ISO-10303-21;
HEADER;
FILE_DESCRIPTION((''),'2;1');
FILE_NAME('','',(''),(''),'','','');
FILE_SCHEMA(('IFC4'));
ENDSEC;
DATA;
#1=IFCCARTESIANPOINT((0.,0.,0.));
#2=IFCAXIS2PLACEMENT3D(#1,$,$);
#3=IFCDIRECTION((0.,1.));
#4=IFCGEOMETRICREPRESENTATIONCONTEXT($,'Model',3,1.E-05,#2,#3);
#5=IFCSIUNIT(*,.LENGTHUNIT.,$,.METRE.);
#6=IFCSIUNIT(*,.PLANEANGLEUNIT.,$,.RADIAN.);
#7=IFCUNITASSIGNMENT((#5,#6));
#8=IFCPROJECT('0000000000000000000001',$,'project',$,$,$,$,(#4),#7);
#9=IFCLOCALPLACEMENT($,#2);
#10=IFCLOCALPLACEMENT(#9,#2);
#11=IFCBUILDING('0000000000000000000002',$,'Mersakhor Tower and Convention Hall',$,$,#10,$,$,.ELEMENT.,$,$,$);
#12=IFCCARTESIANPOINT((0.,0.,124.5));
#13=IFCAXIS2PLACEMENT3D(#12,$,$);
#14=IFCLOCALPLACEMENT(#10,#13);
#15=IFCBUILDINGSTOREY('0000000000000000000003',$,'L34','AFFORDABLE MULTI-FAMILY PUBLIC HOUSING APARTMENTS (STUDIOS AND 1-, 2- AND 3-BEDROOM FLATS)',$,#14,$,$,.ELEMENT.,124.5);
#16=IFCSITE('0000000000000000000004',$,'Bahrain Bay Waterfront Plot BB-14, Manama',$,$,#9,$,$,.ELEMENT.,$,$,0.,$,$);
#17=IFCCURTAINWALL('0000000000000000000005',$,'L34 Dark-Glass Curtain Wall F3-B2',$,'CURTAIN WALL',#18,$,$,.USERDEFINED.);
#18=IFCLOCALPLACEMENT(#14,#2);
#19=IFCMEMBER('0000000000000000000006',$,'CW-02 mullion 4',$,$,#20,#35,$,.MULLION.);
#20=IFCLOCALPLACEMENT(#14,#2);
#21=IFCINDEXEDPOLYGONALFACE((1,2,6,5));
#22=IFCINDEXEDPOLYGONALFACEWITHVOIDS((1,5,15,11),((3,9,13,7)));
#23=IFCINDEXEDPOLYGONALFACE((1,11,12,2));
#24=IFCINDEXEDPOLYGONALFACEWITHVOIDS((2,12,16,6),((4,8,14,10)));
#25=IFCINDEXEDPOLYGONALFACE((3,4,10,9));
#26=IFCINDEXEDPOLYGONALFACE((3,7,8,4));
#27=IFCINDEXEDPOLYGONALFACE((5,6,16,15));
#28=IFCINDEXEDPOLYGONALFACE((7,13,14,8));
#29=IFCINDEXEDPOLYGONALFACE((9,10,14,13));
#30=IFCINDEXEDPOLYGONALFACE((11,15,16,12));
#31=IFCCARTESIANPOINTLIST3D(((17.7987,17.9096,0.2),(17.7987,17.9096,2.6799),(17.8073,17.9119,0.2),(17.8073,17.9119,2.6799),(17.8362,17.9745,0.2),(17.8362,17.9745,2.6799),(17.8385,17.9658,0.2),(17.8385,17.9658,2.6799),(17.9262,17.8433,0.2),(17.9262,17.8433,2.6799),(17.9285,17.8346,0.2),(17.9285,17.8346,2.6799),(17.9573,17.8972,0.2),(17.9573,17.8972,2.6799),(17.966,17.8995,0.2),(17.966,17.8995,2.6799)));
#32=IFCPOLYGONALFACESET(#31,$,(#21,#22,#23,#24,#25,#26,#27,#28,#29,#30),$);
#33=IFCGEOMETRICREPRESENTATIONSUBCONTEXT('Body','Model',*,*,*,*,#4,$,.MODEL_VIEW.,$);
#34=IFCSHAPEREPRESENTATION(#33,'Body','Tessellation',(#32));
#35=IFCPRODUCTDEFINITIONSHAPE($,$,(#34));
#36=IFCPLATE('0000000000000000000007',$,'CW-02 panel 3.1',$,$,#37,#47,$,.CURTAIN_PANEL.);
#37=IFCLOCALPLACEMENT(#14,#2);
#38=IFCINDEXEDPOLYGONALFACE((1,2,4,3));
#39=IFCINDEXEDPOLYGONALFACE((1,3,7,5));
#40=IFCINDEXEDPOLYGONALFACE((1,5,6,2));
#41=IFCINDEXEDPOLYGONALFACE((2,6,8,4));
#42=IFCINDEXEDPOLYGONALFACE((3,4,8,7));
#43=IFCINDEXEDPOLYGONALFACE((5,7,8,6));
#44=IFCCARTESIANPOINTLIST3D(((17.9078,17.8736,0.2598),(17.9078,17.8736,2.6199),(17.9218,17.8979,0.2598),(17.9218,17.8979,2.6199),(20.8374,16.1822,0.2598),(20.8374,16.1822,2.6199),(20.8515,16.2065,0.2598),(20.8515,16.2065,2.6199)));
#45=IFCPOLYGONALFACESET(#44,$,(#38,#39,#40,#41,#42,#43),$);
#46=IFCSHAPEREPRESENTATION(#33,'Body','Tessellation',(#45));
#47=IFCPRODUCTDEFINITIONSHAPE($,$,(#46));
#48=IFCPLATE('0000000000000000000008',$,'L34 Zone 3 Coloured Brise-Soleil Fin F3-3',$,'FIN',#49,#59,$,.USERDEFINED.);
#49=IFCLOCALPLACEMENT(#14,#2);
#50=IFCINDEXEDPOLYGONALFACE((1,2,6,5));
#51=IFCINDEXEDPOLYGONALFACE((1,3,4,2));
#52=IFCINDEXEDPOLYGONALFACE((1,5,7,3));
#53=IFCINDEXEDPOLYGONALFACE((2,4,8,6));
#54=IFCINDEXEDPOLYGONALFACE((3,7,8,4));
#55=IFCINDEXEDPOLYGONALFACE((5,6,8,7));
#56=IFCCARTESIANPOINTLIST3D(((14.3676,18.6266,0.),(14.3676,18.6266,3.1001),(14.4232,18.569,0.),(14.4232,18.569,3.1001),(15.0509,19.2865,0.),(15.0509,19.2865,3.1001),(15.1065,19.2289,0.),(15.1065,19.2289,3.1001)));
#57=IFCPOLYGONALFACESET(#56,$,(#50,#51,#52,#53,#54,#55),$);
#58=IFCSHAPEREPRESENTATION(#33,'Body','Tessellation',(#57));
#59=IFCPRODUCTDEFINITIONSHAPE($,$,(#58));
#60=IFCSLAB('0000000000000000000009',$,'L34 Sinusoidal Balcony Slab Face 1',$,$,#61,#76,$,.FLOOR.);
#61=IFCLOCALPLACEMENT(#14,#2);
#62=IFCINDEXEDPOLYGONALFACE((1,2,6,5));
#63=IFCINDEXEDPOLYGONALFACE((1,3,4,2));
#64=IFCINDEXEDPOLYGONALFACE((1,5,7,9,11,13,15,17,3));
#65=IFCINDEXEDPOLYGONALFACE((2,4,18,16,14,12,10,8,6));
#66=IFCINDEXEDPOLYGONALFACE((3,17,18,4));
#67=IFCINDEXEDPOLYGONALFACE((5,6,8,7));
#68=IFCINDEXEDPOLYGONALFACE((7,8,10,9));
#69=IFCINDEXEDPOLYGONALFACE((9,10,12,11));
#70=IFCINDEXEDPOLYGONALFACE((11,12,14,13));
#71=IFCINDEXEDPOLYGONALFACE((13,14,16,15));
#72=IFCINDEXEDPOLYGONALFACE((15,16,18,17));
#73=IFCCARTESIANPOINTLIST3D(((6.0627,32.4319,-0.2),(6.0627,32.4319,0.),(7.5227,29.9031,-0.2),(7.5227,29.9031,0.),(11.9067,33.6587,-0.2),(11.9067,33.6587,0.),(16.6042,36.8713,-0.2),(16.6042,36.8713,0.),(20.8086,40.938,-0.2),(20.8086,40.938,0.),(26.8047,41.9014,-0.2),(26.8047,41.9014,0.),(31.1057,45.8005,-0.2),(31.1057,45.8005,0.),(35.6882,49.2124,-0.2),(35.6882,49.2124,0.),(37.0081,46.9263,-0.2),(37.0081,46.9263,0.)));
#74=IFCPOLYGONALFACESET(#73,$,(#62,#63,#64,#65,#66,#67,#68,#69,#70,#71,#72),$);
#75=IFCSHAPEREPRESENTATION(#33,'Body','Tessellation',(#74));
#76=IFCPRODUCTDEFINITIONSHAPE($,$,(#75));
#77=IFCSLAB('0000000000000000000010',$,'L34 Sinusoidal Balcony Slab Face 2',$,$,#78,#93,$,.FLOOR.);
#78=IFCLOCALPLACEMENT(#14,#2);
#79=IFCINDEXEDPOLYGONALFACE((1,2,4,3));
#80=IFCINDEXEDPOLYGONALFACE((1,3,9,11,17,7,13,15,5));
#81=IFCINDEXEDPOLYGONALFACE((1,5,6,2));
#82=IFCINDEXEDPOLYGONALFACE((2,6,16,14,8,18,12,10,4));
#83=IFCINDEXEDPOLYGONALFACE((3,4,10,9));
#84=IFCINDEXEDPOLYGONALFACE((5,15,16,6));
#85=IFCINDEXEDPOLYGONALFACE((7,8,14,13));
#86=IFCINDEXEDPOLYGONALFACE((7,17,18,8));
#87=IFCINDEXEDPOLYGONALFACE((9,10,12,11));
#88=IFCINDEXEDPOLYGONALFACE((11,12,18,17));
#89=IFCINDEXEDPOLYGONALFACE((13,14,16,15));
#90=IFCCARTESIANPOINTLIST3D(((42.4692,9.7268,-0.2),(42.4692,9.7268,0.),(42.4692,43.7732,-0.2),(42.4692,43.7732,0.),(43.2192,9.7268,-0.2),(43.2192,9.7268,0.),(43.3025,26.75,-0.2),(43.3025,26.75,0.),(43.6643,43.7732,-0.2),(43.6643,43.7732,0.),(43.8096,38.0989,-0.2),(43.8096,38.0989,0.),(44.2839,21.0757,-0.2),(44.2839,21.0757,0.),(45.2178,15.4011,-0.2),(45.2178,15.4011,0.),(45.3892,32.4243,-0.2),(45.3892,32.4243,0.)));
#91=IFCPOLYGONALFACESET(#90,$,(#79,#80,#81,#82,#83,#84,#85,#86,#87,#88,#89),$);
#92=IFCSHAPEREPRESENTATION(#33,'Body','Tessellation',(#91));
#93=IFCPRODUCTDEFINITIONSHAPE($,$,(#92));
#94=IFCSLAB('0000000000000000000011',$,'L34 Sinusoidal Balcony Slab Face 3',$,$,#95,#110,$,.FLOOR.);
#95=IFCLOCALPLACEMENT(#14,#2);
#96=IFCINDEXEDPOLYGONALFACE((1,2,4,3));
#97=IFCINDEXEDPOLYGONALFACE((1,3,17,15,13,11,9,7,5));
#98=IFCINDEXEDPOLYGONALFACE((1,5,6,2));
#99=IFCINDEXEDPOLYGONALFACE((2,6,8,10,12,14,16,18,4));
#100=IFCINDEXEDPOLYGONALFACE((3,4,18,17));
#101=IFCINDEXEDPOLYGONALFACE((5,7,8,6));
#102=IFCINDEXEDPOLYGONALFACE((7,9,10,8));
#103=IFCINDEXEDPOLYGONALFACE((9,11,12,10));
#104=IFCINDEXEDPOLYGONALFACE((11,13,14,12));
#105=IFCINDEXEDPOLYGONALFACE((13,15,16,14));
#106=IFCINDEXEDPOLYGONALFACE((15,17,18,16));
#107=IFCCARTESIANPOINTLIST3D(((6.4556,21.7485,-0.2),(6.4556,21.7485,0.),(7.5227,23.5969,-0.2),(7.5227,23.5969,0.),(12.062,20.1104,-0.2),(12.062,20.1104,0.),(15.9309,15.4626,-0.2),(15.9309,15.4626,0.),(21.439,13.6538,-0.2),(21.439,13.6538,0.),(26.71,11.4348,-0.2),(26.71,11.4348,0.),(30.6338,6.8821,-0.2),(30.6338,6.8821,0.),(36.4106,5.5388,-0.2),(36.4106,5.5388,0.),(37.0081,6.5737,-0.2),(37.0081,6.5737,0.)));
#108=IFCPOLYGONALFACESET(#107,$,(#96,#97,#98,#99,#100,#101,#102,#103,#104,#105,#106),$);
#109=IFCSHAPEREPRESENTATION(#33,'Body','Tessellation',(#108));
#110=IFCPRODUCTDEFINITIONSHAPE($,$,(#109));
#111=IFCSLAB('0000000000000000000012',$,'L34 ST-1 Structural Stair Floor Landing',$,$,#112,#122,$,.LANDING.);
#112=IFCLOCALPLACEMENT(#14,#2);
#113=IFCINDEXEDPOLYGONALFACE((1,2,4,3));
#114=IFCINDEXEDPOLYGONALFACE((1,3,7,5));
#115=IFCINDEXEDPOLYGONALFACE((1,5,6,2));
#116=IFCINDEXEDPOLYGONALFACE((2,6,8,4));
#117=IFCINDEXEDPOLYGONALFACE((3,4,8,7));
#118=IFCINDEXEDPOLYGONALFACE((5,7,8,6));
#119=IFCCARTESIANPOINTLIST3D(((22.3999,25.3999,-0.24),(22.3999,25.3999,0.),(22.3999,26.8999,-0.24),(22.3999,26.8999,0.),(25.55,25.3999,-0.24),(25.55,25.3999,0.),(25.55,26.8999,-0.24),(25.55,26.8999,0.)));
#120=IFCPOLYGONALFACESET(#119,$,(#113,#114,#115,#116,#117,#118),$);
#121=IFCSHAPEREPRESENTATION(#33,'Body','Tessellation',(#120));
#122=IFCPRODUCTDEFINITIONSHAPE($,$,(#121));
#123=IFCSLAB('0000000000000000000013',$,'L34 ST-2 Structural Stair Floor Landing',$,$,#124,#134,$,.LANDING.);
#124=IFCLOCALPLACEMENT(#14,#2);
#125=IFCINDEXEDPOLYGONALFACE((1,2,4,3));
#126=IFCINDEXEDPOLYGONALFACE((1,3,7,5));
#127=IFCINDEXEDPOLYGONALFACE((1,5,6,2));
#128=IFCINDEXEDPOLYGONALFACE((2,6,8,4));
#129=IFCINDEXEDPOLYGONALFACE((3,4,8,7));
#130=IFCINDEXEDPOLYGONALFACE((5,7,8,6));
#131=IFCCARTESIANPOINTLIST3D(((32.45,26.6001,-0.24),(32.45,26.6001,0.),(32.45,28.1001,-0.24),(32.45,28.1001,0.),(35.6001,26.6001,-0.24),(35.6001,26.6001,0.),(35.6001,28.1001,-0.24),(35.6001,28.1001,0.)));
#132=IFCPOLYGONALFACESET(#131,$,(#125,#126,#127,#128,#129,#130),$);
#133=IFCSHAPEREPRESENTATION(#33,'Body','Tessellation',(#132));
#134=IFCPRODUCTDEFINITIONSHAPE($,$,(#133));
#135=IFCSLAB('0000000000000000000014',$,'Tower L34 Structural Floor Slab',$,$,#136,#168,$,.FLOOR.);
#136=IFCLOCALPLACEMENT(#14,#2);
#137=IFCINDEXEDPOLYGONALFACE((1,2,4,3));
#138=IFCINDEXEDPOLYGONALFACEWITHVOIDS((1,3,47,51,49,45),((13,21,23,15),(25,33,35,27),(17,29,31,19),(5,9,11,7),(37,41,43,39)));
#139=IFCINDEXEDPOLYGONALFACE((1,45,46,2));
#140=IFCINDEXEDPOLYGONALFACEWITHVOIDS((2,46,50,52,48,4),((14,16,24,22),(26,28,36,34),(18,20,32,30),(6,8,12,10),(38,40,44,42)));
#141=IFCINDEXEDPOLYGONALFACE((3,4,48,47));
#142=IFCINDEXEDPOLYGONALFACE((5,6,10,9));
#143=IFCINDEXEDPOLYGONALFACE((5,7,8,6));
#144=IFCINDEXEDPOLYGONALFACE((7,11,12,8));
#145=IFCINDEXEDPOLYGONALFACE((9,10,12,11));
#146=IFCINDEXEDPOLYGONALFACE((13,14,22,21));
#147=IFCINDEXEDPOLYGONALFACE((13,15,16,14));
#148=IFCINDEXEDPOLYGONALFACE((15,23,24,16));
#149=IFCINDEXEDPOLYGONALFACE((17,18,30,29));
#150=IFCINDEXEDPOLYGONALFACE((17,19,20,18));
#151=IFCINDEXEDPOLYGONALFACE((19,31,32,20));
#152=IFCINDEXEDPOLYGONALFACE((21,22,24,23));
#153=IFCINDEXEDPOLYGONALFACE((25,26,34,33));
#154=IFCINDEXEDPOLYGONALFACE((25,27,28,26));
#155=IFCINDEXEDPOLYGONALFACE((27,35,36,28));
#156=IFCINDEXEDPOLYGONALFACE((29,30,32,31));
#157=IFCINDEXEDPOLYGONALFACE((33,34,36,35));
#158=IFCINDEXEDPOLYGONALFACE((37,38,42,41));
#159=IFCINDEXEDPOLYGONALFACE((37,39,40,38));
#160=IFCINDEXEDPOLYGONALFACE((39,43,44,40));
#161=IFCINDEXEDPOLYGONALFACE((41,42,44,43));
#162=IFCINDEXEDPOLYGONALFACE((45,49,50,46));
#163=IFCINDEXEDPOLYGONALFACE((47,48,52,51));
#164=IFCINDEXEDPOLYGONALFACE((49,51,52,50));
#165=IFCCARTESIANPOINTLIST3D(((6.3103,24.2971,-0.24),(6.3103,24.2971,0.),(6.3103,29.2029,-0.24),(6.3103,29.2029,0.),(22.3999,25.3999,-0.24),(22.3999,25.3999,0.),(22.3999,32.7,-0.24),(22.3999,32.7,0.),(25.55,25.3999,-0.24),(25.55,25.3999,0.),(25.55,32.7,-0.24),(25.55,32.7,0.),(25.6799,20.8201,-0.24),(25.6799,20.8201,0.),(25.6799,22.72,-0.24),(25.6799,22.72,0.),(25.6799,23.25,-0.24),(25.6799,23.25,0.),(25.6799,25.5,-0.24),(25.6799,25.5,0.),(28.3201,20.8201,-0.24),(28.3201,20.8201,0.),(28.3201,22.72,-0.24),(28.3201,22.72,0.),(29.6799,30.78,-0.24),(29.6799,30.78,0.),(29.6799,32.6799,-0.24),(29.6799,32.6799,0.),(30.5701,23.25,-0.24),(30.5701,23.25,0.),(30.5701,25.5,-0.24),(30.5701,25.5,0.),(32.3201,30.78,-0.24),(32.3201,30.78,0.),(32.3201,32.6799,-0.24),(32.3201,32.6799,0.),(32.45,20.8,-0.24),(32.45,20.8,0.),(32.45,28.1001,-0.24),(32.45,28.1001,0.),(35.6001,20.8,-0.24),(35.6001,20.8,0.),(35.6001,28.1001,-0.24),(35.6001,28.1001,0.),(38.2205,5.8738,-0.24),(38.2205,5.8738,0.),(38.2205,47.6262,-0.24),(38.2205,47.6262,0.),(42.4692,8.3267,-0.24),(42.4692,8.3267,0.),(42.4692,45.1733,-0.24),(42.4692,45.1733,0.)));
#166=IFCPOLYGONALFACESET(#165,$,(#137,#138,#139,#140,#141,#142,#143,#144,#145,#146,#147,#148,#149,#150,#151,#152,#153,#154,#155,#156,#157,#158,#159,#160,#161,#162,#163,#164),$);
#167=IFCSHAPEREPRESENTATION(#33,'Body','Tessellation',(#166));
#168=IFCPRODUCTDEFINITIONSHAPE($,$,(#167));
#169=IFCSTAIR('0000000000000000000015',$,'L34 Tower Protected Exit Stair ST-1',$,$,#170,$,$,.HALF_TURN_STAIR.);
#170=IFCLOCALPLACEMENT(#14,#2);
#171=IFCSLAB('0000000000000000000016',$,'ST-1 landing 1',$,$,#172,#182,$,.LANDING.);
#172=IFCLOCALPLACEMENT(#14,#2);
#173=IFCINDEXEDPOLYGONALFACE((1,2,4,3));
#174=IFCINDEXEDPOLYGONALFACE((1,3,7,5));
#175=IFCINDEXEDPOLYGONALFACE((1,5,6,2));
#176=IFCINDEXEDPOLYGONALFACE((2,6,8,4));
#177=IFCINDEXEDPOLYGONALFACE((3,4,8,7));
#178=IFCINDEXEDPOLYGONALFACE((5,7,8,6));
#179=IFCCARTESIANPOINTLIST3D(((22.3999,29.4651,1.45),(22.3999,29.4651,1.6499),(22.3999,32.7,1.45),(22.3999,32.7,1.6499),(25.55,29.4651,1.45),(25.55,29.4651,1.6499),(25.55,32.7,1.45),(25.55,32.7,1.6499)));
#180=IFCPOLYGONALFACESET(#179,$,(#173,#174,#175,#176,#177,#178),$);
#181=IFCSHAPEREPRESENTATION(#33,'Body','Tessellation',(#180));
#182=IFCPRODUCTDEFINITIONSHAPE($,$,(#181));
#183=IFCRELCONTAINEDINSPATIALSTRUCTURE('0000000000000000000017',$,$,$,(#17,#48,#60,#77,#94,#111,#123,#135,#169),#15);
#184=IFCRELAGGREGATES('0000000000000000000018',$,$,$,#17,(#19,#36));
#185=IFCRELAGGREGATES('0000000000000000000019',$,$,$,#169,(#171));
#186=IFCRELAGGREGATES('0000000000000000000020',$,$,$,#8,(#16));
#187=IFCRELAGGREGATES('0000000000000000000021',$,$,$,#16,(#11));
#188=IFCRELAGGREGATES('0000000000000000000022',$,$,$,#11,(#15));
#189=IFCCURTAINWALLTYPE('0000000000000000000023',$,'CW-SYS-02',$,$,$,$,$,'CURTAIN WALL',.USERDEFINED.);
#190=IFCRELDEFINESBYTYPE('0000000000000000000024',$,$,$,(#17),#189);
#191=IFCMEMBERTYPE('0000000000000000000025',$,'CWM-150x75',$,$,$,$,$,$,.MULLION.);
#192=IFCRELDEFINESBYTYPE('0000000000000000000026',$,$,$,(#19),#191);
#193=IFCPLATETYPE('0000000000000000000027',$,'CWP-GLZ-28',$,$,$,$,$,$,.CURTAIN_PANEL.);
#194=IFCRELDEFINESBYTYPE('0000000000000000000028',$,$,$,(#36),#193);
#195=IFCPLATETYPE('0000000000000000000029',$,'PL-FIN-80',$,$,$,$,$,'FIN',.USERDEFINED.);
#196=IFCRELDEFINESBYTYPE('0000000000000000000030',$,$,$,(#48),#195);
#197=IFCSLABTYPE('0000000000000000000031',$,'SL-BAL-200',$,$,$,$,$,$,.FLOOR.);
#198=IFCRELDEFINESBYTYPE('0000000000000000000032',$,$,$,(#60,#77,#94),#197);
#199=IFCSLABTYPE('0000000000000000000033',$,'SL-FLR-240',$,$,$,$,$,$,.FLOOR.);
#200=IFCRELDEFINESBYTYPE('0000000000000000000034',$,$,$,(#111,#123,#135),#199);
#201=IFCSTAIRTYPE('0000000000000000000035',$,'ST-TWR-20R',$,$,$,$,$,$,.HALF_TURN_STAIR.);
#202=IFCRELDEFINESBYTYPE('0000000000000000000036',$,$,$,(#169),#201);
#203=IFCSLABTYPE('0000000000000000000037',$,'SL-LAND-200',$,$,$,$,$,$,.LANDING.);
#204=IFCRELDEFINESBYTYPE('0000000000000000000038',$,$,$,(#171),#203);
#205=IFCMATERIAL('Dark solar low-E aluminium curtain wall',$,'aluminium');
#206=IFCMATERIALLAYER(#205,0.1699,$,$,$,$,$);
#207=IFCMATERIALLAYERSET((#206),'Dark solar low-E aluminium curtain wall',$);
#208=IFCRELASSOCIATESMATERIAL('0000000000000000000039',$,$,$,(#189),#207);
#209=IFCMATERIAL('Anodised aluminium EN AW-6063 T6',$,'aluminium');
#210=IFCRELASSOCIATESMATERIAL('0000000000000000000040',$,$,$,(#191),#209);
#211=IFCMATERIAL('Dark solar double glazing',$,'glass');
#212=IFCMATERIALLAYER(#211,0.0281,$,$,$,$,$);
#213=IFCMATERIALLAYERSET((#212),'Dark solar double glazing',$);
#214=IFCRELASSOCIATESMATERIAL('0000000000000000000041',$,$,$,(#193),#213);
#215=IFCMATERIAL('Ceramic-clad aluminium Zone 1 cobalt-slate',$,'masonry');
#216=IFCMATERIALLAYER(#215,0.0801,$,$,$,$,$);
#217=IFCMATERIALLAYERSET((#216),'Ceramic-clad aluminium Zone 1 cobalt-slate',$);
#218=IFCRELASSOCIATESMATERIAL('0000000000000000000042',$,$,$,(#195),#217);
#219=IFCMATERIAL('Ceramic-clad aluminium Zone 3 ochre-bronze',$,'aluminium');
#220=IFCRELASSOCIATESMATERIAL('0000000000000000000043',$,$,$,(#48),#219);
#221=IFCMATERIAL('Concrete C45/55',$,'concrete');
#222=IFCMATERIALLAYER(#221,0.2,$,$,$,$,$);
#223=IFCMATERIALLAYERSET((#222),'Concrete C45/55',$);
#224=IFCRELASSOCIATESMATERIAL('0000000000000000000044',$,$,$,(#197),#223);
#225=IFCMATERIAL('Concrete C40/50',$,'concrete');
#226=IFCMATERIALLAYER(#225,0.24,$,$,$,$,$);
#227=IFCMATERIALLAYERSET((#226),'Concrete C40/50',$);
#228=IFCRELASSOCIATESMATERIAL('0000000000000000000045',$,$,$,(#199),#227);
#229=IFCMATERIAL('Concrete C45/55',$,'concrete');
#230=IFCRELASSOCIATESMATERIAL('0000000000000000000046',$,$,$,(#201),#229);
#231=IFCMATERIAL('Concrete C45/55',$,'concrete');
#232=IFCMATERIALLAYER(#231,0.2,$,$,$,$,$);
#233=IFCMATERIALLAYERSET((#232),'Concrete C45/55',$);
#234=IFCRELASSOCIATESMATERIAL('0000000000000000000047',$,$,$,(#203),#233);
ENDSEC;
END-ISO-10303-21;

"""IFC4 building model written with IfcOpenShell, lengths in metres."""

from ifc_helpers import new_model, si_unit, direction, frame, origin, origin_2d, place, context, subcontext, project, spatial, polyline, rectangle, hollow_rectangle, outline, extrude, material, layer, layer_set, material_profile, profile_set, type_object, element, aggregate, save


model = new_model("IFC4")

# Units and contexts
model_context = context("Model", 3, precision=1e-05, world=origin(), true_north=direction((0.0, 1.0)))
body_context = subcontext(model_context, "Body", "Model", "MODEL_VIEW")
ifc_project = project(units=[si_unit("LENGTHUNIT", "METRE"), si_unit("PLANEANGLEUNIT", "RADIAN")], contexts=[model_context])

# Site, building, storey
site_placement = place(None, origin())
site = spatial("IfcSite", under=ifc_project, at=site_placement, Name="Bahrain Bay Waterfront Plot BB-14, Manama", CompositionType="ELEMENT", RefElevation=0.0)
building_placement = place(site_placement, origin())
building = spatial("IfcBuilding", under=site, at=building_placement, Name="Mersakhor Tower and Convention Hall", CompositionType="ELEMENT")
storey_placement = place(building_placement, frame((0.0, 0.0, 124.5)))
storey = spatial("IfcBuildingStorey", under=building, at=storey_placement, Name="L34", Description="AFFORDABLE MULTI-FAMILY PUBLIC HOUSING APARTMENTS (STUDIOS AND 1-, 2- AND 3-BEDROOM FLATS)", CompositionType="ELEMENT", Elevation=124.5)

# Curtain wall, member, plate
ifc_material_1 = material(Name="Dark solar low-E aluminium curtain wall", Category="aluminium")
ifc_layer_1 = layer(ifc_material_1, 0.1699)
ifc_layer_set_1 = layer_set([ifc_layer_1], Name="Dark solar low-E aluminium curtain wall")
curtain_wall_type = type_object("IfcCurtainWallType", Name="CW-SYS-02", ElementType="CURTAIN WALL", PredefinedType="USERDEFINED", material=ifc_layer_set_1)
curtain_wall_placement = place(storey_placement, origin())
curtain_wall = element("IfcCurtainWall", 1, at=curtain_wall_placement, inside=storey, type_object=curtain_wall_type, Name="L34 Dark-Glass Curtain Wall F3-B2", ObjectType="CURTAIN WALL", PredefinedType="USERDEFINED")
ifc_material_2 = material(Name="Anodised aluminium EN AW-6063 T6", Category="aluminium")
ifc_material_profile = material_profile(ifc_material_2, hollow_rectangle(XDim=0.075, YDim=0.1499, WallThickness=0.0063, at=origin_2d()), Name="RHS 150x75x6.3")
ifc_profile_set = profile_set([ifc_material_profile], Name="Anodised aluminium EN AW-6063 T6")
member_type = type_object("IfcMemberType", Name="CWM-150x75", PredefinedType="MULLION", material=ifc_profile_set)
member_placement = place(storey_placement, frame((17.8823, 17.9045, 0.2), z_axis=(0.0, 0.0, 1.0), x_axis=(-0.49999, -0.866031, 0.0)))
member = element("IfcMember", 2, at=member_placement, type_object=member_type, Name="CW-02 mullion 4", PredefinedType="MULLION", context=body_context, shape_type="SweptSolid", body=[
    extrude(hollow_rectangle(XDim=0.075, YDim=0.1499, WallThickness=0.0063, at=origin_2d()), origin(), (0.0, 0.0, 1.0), 2.48),
])
ifc_material_3 = material(Name="Dark solar double glazing", Category="glass")
ifc_layer_2 = layer(ifc_material_3, 0.0281)
ifc_layer_set_2 = layer_set([ifc_layer_2], Name="Dark solar double glazing")
plate_type_1 = type_object("IfcPlateType", Name="CWP-GLZ-28", PredefinedType="CURTAIN_PANEL", material=ifc_layer_set_2)
plate_1_placement = place(storey_placement, frame((19.3796, 17.04, 0.2598), z_axis=(0.0, 0.0, 1.0), x_axis=(-0.866031, 0.49999, 0.0)))
plate_1 = element("IfcPlate", 3, at=plate_1_placement, type_object=plate_type_1, Name="CW-02 panel 3.1", PredefinedType="CURTAIN_PANEL", context=body_context, shape_type="SweptSolid", body=[
    extrude(rectangle(XDim=3.3828, YDim=0.0281, at=origin_2d()), origin(), (0.0, 0.0, 1.0), 2.3601),
])
aggregate(curtain_wall, [member, plate_1])

# Plate
ifc_material_4 = material(Name="Ceramic-clad aluminium Zone 3 ochre-bronze", Category="aluminium")
ifc_material_5 = material(Name="Ceramic-clad aluminium Zone 1 cobalt-slate", Category="masonry")
ifc_layer_3 = layer(ifc_material_5, 0.0801)
ifc_layer_set_3 = layer_set([ifc_layer_3], Name="Ceramic-clad aluminium Zone 1 cobalt-slate")
plate_type_2 = type_object("IfcPlateType", Name="PL-FIN-80", ElementType="FIN", PredefinedType="USERDEFINED", material=ifc_layer_set_3)
plate_2_placement = place(storey_placement, frame((14.7371, 18.9277, 0.0), z_axis=(0.0, 0.0, 1.0), x_axis=(-0.71934, -0.694658, 0.0)))
element("IfcPlate", 4, at=plate_2_placement, inside=storey, type_object=plate_type_2, material=ifc_material_4, Name="L34 Zone 3 Coloured Brise-Soleil Fin F3-3", ObjectType="FIN", PredefinedType="USERDEFINED", context=body_context, shape_type="SweptSolid", body=[
    extrude(rectangle(XDim=0.95, YDim=0.0801, at=origin_2d()), origin(), (0.0, 0.0, 1.0), 3.1001),
])

# Slabs
ifc_material_6 = material(Name="Concrete C45/55", Category="concrete")
ifc_layer_4 = layer(ifc_material_6, 0.2)
ifc_layer_set_4 = layer_set([ifc_layer_4], Name="Concrete C45/55")
slab_type_1 = type_object("IfcSlabType", Name="SL-BAL-200", PredefinedType="FLOOR", material=ifc_layer_set_4)
slab_1_placement = place(storey_placement, frame((0.0, 0.0, -0.2)))
element("IfcSlab", 5, at=slab_1_placement, inside=storey, type_object=slab_type_1, Name="L34 Sinusoidal Balcony Slab Face 1", PredefinedType="FLOOR", context=body_context, shape_type="SweptSolid", body=[
    extrude(outline(polyline([(7.5227, 29.9031), (37.0081, 46.9263), (35.6882, 49.2124), (31.1057, 45.8005), (26.8047, 41.9014), (20.8086, 40.938), (16.6042, 36.8713), (11.9067, 33.6587), (6.0627, 32.4319), (7.5227, 29.9031)])), origin(), (0.0, 0.0, 1.0), 0.2),
])
slab_2_placement = place(storey_placement, frame((0.0, 0.0, -0.2)))
element("IfcSlab", 6, at=slab_2_placement, inside=storey, type_object=slab_type_1, Name="L34 Sinusoidal Balcony Slab Face 2", PredefinedType="FLOOR", context=body_context, shape_type="SweptSolid", body=[
    extrude(outline(polyline([(42.4692, 43.7732), (42.4692, 9.7268), (43.2192, 9.7268), (45.2178, 15.4011), (44.2839, 21.0757), (43.3025, 26.75), (45.3892, 32.4243), (43.8096, 38.0989), (43.6643, 43.7732), (42.4692, 43.7732)])), origin(), (0.0, 0.0, 1.0), 0.2),
])
slab_3_placement = place(storey_placement, frame((0.0, 0.0, -0.2)))
element("IfcSlab", 7, at=slab_3_placement, inside=storey, type_object=slab_type_1, Name="L34 Sinusoidal Balcony Slab Face 3", PredefinedType="FLOOR", context=body_context, shape_type="SweptSolid", body=[
    extrude(outline(polyline([(37.0081, 6.5737), (7.5227, 23.5969), (6.4556, 21.7485), (12.062, 20.1104), (15.9309, 15.4626), (21.439, 13.6538), (26.71, 11.4348), (30.6338, 6.8821), (36.4106, 5.5388), (37.0081, 6.5737)])), origin(), (0.0, 0.0, 1.0), 0.2),
])
ifc_material_7 = material(Name="Concrete C40/50", Category="concrete")
ifc_layer_5 = layer(ifc_material_7, 0.24)
ifc_layer_set_5 = layer_set([ifc_layer_5], Name="Concrete C40/50")
slab_type_2 = type_object("IfcSlabType", Name="SL-FLR-240", PredefinedType="FLOOR", material=ifc_layer_set_5)
slab_4_placement = place(storey_placement, frame((0.0, 0.0, -0.24)))
element("IfcSlab", 8, at=slab_4_placement, inside=storey, type_object=slab_type_2, Name="L34 ST-1 Structural Stair Floor Landing", PredefinedType="LANDING", context=body_context, shape_type="SweptSolid", body=[
    extrude(outline(polyline([(25.55, 25.3999), (25.55, 26.8999), (22.3999, 26.8999), (22.3999, 25.3999), (25.55, 25.3999)])), origin(), (0.0, 0.0, 1.0), 0.24),
])
slab_5_placement = place(storey_placement, frame((0.0, 0.0, -0.24)))
element("IfcSlab", 9, at=slab_5_placement, inside=storey, type_object=slab_type_2, Name="L34 ST-2 Structural Stair Floor Landing", PredefinedType="LANDING", context=body_context, shape_type="SweptSolid", body=[
    extrude(outline(polyline([(32.45, 28.1001), (32.45, 26.6001), (35.6001, 26.6001), (35.6001, 28.1001), (32.45, 28.1001)])), origin(), (0.0, 0.0, 1.0), 0.24),
])
slab_6_placement = place(storey_placement, frame((0.0, 0.0, -0.24)))
element("IfcSlab", 10, at=slab_6_placement, inside=storey, type_object=slab_type_2, Name="Tower L34 Structural Floor Slab", PredefinedType="FLOOR", context=body_context, shape_type="SweptSolid", body=[
    extrude(outline(polyline([(6.3103, 29.2029), (38.2205, 47.6262), (42.4692, 45.1733), (42.4692, 8.3267), (38.2205, 5.8738), (6.3103, 24.2971), (6.3103, 29.2029)]), holes=[polyline([(25.55, 25.3999), (25.55, 32.7), (22.3999, 32.7), (22.3999, 25.3999), (25.55, 25.3999)]), polyline([(32.45, 28.1001), (32.45, 20.8), (35.6001, 20.8), (35.6001, 28.1001), (32.45, 28.1001)]), polyline([(25.6799, 20.8201), (25.6799, 22.72), (28.3201, 22.72), (28.3201, 20.8201), (25.6799, 20.8201)]), polyline([(29.6799, 30.78), (29.6799, 32.6799), (32.3201, 32.6799), (32.3201, 30.78), (29.6799, 30.78)]), polyline([(25.6799, 23.25), (25.6799, 25.5), (30.5701, 25.5), (30.5701, 23.25), (25.6799, 23.25)])]), origin(), (0.0, 0.0, 1.0), 0.24),
])

# Stair, slab
ifc_material_8 = material(Name="Concrete C45/55", Category="concrete")
stair_type = type_object("IfcStairType", Name="ST-TWR-20R", PredefinedType="HALF_TURN_STAIR", material=ifc_material_8)
stair_1_placement = place(storey_placement, origin())
stair_1 = element("IfcStair", 11, at=stair_1_placement, inside=storey, type_object=stair_type, Name="L34 Tower Protected Exit Stair ST-1", PredefinedType="HALF_TURN_STAIR")
ifc_material_9 = material(Name="Concrete C45/55", Category="concrete")
ifc_layer_6 = layer(ifc_material_9, 0.2)
ifc_layer_set_6 = layer_set([ifc_layer_6], Name="Concrete C45/55")
slab_type_3 = type_object("IfcSlabType", Name="SL-LAND-200", PredefinedType="LANDING", material=ifc_layer_set_6)
slab_7_placement = place(storey_placement, frame((0.0, 0.0, 1.45)))
slab_7 = element("IfcSlab", 12, at=slab_7_placement, type_object=slab_type_3, Name="ST-1 landing 1", PredefinedType="LANDING", context=body_context, shape_type="SweptSolid", body=[
    extrude(outline(polyline([(25.55, 29.4651), (25.55, 32.7), (22.3999, 32.7), (22.3999, 29.4651), (25.55, 29.4651)])), origin(), (0.0, 0.0, 1.0), 0.2),
])
aggregate(stair_1, [slab_7])

save(model, "model.ifc")
